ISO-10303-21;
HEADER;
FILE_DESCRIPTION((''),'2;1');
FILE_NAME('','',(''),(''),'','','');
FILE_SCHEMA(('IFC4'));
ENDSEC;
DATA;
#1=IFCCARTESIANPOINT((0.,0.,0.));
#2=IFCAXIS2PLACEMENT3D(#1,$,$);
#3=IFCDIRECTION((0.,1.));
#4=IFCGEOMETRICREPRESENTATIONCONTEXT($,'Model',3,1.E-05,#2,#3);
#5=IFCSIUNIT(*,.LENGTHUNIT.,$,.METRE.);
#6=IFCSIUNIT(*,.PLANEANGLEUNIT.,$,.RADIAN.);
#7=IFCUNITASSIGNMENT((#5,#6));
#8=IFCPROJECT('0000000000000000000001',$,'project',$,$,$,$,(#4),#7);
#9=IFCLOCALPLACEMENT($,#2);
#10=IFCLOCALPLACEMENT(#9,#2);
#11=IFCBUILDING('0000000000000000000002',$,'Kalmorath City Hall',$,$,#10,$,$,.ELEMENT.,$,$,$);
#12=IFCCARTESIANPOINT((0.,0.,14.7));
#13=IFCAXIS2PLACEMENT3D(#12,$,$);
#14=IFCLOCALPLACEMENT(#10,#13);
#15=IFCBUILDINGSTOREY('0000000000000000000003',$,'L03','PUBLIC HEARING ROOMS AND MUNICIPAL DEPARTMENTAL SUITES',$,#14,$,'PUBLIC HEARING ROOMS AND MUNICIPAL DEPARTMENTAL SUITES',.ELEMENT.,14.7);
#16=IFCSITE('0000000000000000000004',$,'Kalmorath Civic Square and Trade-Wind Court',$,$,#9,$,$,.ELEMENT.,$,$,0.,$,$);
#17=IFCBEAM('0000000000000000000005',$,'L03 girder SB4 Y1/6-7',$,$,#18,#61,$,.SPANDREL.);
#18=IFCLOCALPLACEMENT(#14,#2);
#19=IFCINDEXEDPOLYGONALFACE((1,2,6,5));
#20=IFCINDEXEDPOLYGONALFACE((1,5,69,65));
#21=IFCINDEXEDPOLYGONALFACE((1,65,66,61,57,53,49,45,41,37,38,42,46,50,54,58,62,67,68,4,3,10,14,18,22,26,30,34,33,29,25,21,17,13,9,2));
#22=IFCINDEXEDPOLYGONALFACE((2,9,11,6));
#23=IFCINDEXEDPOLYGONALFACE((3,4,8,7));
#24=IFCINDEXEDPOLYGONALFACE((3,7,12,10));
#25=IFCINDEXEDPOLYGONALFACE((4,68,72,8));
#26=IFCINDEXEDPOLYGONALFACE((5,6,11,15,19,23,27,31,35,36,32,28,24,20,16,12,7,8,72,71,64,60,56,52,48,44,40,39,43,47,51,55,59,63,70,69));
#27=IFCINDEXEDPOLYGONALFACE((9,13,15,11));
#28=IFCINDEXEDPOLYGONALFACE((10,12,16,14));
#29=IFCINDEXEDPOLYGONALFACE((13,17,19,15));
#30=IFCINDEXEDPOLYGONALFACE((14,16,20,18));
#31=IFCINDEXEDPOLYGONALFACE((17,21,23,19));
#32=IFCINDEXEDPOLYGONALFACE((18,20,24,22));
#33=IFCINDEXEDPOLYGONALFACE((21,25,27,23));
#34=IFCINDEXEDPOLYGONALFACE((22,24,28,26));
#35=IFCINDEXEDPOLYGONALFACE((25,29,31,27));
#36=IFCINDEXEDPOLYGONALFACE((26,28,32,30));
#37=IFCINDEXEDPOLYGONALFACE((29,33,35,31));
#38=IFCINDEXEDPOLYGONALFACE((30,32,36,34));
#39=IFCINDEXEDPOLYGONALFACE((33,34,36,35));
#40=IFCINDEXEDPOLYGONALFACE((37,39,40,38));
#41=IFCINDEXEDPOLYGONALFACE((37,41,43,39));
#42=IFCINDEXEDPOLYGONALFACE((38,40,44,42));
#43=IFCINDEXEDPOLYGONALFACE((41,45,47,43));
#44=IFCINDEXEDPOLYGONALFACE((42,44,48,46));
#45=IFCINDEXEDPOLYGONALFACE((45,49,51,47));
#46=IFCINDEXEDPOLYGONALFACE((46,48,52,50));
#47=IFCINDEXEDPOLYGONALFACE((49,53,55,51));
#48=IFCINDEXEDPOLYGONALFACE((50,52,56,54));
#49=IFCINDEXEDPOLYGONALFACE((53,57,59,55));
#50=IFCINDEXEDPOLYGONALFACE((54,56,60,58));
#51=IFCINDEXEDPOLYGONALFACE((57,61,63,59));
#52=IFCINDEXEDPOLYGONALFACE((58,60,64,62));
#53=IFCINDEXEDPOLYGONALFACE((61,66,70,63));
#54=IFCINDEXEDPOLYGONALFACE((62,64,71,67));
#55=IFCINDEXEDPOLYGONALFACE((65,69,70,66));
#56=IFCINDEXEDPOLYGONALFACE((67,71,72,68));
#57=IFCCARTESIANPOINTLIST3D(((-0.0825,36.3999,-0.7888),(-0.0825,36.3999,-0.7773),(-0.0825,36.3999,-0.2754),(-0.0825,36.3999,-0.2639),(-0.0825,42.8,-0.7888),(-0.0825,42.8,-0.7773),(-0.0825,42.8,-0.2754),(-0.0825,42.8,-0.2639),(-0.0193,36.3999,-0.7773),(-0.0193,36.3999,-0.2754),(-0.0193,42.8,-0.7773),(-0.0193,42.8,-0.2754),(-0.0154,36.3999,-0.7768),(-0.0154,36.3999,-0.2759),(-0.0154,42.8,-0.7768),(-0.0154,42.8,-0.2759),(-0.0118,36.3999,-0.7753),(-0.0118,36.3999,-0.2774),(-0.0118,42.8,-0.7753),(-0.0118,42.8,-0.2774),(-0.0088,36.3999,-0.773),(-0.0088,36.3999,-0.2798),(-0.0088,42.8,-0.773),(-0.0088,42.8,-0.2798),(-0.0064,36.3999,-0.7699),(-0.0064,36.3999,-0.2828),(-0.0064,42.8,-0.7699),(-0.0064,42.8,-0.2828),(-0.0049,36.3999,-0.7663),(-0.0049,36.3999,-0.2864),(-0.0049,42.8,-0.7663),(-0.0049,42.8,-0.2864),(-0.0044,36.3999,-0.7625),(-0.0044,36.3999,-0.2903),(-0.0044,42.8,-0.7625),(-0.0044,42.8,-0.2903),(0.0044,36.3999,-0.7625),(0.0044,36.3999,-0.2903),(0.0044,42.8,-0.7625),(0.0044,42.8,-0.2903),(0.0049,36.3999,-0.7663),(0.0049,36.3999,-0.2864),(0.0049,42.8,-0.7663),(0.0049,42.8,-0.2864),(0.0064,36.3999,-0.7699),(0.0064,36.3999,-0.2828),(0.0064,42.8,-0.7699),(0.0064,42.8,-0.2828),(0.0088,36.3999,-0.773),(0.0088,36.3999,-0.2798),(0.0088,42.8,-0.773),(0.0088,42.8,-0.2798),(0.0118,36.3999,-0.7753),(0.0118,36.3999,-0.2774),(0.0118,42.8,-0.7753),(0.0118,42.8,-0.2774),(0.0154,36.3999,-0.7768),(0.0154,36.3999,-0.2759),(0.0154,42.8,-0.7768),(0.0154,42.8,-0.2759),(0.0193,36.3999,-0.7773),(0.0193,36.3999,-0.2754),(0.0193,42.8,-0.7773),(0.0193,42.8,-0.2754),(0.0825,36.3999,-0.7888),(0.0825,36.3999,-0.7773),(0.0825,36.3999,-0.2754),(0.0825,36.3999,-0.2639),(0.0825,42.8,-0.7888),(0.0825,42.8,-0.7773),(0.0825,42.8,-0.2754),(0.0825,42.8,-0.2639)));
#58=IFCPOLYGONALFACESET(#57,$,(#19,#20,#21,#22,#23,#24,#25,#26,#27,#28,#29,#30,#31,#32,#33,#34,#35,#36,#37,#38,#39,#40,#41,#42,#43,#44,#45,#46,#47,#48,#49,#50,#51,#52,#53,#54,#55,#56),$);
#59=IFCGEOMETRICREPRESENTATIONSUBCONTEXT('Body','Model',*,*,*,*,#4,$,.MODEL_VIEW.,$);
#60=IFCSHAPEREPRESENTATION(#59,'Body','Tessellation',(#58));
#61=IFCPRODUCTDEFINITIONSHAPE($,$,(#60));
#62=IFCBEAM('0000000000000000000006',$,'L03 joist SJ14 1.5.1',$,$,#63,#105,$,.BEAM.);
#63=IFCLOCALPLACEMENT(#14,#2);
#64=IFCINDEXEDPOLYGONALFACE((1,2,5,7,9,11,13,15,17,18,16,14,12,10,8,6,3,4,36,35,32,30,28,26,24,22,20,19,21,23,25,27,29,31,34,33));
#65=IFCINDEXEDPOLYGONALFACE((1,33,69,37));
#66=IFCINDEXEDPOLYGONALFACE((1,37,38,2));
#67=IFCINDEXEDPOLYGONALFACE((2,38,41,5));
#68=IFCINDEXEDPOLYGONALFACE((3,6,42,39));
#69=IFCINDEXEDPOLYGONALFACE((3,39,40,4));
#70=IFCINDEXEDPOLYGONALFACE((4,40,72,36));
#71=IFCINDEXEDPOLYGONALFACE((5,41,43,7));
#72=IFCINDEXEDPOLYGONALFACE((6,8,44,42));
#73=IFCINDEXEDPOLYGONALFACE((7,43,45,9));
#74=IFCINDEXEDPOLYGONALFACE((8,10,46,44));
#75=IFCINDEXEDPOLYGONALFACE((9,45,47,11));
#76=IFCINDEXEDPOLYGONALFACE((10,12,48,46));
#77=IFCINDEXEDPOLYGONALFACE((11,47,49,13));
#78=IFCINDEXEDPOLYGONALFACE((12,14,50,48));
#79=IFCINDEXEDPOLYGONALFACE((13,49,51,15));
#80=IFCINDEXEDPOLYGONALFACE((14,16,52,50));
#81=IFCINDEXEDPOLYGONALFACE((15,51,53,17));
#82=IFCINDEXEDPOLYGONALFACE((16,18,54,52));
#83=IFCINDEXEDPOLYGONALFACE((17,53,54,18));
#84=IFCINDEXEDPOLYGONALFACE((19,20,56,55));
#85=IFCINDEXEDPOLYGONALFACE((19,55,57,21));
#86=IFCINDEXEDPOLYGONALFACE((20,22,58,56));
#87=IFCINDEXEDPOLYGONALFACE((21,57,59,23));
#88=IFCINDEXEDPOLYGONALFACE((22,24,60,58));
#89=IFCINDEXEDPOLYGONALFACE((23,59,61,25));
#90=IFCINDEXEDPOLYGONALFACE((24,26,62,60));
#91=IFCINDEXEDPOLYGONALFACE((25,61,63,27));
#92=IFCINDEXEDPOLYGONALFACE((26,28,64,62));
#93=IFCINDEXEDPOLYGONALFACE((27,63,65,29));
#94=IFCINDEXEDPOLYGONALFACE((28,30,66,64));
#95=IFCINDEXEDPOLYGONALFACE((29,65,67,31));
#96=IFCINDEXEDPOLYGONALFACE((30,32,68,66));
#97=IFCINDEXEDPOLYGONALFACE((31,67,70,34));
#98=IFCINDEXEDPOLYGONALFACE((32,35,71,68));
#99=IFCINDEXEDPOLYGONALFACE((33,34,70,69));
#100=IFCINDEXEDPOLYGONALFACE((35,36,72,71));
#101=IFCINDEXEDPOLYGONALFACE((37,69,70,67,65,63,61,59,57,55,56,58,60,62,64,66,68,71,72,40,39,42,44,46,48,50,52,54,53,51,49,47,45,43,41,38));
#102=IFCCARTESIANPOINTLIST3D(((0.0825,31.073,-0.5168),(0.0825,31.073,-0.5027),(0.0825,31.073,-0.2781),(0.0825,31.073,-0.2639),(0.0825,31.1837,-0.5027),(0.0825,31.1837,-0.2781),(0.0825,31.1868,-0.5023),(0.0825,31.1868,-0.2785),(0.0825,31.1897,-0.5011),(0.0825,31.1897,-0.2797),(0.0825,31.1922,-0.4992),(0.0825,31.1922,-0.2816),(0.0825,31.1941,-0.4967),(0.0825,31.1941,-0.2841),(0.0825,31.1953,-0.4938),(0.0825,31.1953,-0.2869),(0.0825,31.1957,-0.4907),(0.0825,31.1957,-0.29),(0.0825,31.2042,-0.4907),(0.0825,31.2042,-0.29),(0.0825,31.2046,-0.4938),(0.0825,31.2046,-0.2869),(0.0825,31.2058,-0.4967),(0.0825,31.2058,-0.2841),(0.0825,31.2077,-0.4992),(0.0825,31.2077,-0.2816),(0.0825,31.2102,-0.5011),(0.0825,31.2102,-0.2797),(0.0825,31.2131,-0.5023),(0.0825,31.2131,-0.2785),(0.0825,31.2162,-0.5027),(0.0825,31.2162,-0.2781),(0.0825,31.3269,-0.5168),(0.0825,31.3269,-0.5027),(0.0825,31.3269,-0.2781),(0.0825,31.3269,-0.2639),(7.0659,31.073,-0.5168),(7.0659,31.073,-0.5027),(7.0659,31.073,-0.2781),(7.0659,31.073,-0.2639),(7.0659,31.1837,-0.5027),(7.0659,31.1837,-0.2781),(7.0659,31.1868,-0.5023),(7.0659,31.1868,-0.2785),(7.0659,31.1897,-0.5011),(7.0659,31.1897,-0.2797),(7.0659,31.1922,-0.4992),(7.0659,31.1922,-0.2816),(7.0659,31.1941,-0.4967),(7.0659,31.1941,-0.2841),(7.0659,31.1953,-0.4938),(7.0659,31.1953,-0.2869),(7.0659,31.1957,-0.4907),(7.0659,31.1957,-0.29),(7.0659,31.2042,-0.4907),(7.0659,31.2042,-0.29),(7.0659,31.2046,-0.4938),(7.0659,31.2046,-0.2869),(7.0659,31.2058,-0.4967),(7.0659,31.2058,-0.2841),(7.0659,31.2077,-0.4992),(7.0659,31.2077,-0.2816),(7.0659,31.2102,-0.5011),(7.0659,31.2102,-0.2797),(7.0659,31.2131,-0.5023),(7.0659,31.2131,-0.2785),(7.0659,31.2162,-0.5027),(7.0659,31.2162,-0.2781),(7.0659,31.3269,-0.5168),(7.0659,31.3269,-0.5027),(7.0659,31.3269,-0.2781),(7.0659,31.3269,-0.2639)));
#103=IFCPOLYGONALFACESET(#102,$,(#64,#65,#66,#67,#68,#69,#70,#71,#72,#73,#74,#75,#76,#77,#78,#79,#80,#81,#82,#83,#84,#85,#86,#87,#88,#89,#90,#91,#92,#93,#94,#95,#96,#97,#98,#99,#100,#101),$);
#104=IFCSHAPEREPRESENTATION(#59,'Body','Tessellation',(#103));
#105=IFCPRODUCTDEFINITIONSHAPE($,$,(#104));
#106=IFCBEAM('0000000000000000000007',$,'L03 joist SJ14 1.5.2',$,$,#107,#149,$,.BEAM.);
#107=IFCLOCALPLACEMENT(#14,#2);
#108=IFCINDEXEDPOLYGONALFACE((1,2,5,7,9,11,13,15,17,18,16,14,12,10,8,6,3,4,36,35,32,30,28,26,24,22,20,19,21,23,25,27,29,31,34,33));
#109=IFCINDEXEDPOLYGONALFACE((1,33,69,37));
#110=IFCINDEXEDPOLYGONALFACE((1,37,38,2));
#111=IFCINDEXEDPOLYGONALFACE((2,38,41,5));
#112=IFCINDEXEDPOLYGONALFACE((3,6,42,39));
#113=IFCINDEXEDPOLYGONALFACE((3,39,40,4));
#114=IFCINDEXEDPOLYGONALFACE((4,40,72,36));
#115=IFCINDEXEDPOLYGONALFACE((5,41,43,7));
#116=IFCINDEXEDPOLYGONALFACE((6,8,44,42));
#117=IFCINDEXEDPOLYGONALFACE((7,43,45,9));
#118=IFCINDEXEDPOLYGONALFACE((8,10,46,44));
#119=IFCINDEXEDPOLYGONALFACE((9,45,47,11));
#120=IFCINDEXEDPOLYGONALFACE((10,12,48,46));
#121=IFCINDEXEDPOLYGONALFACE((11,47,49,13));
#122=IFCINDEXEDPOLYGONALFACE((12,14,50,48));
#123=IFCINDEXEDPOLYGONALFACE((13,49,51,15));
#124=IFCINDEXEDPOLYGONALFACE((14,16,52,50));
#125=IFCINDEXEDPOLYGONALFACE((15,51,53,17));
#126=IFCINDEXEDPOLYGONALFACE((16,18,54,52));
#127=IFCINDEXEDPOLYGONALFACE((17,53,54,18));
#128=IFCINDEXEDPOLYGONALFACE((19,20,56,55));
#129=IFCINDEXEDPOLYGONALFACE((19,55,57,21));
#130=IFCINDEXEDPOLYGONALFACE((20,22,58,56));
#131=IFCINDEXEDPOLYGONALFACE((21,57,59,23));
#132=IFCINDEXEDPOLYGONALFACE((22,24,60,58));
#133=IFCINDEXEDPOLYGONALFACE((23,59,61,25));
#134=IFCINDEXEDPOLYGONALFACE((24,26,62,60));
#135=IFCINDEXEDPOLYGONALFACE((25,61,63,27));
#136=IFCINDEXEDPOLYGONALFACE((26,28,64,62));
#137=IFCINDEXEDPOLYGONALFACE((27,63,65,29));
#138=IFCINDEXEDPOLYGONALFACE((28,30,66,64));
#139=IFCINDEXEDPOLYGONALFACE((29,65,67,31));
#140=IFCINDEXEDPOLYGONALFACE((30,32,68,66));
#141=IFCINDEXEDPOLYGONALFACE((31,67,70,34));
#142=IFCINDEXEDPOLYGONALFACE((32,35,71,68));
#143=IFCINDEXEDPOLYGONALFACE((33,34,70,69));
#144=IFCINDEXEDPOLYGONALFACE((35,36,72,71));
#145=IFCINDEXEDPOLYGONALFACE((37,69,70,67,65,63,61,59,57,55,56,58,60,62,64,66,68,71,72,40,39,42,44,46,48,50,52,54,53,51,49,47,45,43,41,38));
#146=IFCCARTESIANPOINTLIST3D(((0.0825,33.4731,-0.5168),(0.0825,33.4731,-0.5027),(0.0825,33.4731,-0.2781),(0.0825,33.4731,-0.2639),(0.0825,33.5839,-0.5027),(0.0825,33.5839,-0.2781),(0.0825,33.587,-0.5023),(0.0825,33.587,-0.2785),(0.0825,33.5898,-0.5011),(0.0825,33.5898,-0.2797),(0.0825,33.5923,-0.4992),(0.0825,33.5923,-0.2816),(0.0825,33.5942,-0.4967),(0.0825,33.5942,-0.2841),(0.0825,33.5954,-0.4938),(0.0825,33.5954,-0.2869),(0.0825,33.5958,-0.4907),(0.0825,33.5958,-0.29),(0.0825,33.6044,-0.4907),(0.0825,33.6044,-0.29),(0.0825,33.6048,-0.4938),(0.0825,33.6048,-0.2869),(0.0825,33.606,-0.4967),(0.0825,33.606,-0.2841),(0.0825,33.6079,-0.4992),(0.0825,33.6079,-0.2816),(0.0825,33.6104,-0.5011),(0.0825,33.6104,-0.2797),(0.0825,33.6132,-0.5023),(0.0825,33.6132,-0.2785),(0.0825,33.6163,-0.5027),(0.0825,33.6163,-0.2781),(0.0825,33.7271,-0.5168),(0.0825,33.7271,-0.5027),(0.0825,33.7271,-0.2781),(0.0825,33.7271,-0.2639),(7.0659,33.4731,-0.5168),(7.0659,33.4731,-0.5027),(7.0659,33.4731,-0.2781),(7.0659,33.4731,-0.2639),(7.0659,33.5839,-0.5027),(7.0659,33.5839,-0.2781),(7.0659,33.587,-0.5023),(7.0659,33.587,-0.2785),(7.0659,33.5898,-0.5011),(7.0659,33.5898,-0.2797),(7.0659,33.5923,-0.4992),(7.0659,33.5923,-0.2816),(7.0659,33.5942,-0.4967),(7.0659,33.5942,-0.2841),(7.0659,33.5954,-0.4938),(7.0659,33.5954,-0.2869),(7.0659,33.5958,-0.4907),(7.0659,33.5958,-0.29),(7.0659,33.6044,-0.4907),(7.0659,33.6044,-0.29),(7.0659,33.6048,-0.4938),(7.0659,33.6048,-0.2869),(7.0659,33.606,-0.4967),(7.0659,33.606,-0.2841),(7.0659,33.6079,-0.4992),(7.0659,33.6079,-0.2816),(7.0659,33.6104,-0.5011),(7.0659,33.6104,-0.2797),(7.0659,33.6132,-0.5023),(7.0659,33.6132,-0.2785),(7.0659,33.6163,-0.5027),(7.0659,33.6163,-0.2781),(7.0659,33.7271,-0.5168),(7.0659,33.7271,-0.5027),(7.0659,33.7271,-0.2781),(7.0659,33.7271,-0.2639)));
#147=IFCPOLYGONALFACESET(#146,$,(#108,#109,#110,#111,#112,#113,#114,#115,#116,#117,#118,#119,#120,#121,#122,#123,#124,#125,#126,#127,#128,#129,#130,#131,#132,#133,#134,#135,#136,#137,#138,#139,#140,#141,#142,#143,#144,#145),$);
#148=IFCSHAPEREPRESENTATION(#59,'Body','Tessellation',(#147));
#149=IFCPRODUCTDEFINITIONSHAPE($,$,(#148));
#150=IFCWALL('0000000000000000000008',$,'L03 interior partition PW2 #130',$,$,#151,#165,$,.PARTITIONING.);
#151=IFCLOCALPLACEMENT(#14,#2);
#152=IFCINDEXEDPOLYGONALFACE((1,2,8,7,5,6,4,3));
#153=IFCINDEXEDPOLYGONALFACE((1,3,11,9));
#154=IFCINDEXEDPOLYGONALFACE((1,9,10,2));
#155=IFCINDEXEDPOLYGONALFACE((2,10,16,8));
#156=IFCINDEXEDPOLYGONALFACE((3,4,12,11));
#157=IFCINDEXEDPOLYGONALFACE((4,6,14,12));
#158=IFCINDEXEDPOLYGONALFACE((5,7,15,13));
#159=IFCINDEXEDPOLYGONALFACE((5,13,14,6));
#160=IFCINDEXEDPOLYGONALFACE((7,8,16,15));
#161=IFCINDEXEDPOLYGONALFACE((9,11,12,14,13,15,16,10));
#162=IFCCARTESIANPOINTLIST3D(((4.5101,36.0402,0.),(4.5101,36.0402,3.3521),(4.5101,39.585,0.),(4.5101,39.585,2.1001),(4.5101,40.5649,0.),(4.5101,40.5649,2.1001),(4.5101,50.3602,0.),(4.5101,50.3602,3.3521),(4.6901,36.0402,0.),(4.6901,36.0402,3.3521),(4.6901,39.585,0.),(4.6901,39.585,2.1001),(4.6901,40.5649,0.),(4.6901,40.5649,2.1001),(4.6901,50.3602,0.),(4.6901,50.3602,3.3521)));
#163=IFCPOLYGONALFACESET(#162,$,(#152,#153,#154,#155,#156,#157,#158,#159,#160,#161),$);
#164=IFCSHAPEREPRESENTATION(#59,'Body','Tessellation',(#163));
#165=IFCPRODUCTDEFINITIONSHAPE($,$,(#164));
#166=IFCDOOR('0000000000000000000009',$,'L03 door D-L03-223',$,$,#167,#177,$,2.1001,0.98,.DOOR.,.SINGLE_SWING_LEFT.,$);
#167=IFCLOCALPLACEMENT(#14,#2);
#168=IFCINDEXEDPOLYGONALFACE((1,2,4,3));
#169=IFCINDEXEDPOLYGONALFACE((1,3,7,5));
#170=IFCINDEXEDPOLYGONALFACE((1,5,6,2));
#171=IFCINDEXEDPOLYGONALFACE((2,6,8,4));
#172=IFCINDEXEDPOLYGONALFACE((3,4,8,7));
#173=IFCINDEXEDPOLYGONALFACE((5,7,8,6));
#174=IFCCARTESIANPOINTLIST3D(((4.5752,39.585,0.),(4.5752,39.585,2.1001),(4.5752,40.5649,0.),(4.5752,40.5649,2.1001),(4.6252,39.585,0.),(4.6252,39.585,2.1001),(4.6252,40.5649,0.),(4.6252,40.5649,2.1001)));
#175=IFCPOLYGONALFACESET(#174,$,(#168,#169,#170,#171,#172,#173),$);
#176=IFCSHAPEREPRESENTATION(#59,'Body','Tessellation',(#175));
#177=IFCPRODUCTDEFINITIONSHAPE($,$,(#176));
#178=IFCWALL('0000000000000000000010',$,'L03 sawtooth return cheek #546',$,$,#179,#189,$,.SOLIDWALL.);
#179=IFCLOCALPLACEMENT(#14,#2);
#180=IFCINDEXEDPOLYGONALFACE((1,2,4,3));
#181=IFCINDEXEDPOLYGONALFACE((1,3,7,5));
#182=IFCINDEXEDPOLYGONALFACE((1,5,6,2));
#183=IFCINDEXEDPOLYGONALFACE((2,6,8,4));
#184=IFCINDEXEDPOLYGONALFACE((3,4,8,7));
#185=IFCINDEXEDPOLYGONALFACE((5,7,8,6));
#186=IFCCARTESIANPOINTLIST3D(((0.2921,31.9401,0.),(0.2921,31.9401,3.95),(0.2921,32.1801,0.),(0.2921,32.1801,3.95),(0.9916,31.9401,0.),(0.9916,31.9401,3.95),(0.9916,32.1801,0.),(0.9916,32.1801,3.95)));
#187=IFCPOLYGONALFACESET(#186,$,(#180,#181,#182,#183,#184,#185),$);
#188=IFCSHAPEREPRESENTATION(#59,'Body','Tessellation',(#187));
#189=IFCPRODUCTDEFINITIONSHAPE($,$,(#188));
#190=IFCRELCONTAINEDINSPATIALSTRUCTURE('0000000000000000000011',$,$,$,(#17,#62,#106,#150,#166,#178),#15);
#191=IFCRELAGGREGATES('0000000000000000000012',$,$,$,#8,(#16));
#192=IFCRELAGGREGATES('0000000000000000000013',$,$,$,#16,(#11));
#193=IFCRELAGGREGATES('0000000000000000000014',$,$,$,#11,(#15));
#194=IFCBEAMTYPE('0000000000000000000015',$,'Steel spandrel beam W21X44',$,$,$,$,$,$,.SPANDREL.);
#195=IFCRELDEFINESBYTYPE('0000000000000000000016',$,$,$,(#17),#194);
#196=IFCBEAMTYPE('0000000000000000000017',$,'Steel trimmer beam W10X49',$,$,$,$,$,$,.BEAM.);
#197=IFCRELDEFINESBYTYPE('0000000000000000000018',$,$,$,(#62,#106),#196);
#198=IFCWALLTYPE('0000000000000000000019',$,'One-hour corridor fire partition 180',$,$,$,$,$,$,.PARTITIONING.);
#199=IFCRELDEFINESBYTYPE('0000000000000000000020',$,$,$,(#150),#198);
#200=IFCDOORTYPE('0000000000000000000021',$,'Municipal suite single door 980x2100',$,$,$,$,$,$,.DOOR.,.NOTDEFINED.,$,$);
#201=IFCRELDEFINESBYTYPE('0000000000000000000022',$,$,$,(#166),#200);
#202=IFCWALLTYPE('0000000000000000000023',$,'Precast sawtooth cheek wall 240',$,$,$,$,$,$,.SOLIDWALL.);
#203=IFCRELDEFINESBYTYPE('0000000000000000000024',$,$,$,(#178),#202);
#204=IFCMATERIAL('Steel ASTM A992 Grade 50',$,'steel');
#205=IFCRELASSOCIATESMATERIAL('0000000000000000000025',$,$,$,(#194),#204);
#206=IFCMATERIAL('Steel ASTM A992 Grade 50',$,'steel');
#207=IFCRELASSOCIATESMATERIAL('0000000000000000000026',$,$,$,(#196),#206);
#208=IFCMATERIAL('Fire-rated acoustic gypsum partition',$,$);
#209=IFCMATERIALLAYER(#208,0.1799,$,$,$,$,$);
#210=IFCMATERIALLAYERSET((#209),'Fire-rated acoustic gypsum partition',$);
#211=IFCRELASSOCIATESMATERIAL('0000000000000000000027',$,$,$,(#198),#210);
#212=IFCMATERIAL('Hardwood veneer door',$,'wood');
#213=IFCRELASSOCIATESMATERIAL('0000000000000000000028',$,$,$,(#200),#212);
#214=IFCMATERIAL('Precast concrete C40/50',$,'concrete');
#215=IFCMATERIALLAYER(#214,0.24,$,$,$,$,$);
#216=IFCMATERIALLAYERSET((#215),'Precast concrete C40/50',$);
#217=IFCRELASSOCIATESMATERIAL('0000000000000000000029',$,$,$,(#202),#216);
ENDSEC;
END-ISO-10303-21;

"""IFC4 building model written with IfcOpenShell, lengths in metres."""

from ifc_helpers import new_model, si_unit, direction, frame, frame_2d, origin, origin_2d, place, context, subcontext, project, spatial, rectangle, i_section, extrude, material, layer, layer_set, material_profile, profile_set, type_object, element, fill, save


model = new_model("IFC4")

# Units and contexts
model_context = context("Model", 3, precision=1e-05, world=origin(), true_north=direction((0.0, 1.0)))
body_context = subcontext(model_context, "Body", "Model", "MODEL_VIEW")
ifc_project = project(units=[si_unit("LENGTHUNIT", "METRE"), si_unit("PLANEANGLEUNIT", "RADIAN")], contexts=[model_context])

# Site, building, storey
site_placement = place(None, origin())
site = spatial("IfcSite", under=ifc_project, at=site_placement, Name="Kalmorath Civic Square and Trade-Wind Court", CompositionType="ELEMENT", RefElevation=0.0)
building_placement = place(site_placement, origin())
building = spatial("IfcBuilding", under=site, at=building_placement, Name="Kalmorath City Hall", CompositionType="ELEMENT")
storey_placement = place(building_placement, frame((0.0, 0.0, 14.7)))
storey = spatial("IfcBuildingStorey", under=building, at=storey_placement, Name="L03", Description="PUBLIC HEARING ROOMS AND MUNICIPAL DEPARTMENTAL SUITES", LongName="PUBLIC HEARING ROOMS AND MUNICIPAL DEPARTMENTAL SUITES", CompositionType="ELEMENT", Elevation=14.7)

# Beams
ifc_material_1 = material(Name="Steel ASTM A992 Grade 50", Category="steel")
ifc_material_profile_1 = material_profile(ifc_material_1, i_section(OverallWidth=0.165, OverallDepth=0.5249, WebThickness=0.0088, FlangeThickness=0.0115, FilletRadius=0.0149, at=origin_2d()), Name="W21X44")
ifc_profile_set_1 = profile_set([ifc_material_profile_1], Name="Steel ASTM A992 Grade 50")
beam_type_1 = type_object("IfcBeamType", Name="Steel spandrel beam W21X44", PredefinedType="SPANDREL", material=ifc_profile_set_1)
for number, where, z_axis, x_axis, name in (
    (1, (0.0, 36.3999, -0.5264), (0.0, 1.0, 0.0), (-1.0, 0.0, 0.0), "L03 girder SB4 Y1/6-7"),
):
    element("IfcBeam", number, at=place(storey_placement, frame(where, z_axis=z_axis, x_axis=x_axis)), inside=storey, type_object=beam_type_1, Name=name, PredefinedType="SPANDREL", context=body_context, shape_type="SweptSolid", body=[
        extrude(i_section(OverallWidth=0.165, OverallDepth=0.5249, WebThickness=0.0088, FlangeThickness=0.0115, FilletRadius=0.0149, at=origin_2d()), origin(), (0.0, 0.0, 1.0), 6.4001),
    ])
ifc_material_2 = material(Name="Steel ASTM A992 Grade 50", Category="steel")
ifc_material_profile_2 = material_profile(ifc_material_2, i_section(OverallWidth=0.2539, OverallDepth=0.2529, WebThickness=0.0085, FlangeThickness=0.0142, FilletRadius=0.012, at=origin_2d()), Name="W10X49")
ifc_profile_set_2 = profile_set([ifc_material_profile_2], Name="Steel ASTM A992 Grade 50")
beam_type_2 = type_object("IfcBeamType", Name="Steel trimmer beam W10X49", PredefinedType="BEAM", material=ifc_profile_set_2)
for number, where, z_axis, x_axis, name in (
    (2, (0.0825, 31.2, -0.3904), (1.0, 0.0, 0.0), (0.0, 1.0, 0.0), "L03 joist SJ14 1.5.1"),
    (3, (0.0825, 33.6001, -0.3904), (1.0, 0.0, 0.0), (0.0, 1.0, 0.0), "L03 joist SJ14 1.5.2"),
):
    element("IfcBeam", number, at=place(storey_placement, frame(where, z_axis=z_axis, x_axis=x_axis)), inside=storey, type_object=beam_type_2, Name=name, PredefinedType="BEAM", context=body_context, shape_type="SweptSolid", body=[
        extrude(i_section(OverallWidth=0.2539, OverallDepth=0.2529, WebThickness=0.0085, FlangeThickness=0.0142, FilletRadius=0.012, at=origin_2d()), origin(), (0.0, 0.0, 1.0), 6.9834),
    ])

# Wall, opening, door
ifc_material_3 = material(Name="Fire-rated acoustic gypsum partition")
ifc_layer_1 = layer(ifc_material_3, 0.1799)
ifc_layer_set_1 = layer_set([ifc_layer_1], Name="Fire-rated acoustic gypsum partition")
wall_type_1 = type_object("IfcWallType", Name="One-hour corridor fire partition 180", PredefinedType="PARTITIONING", material=ifc_layer_set_1)
wall_1_placement = place(storey_placement, frame((4.6001, 36.04, 0.0), z_axis=(0.0, 0.0, 1.0), x_axis=(0.0, 1.0, 0.0)))
wall_1 = element("IfcWall", 4, at=wall_1_placement, inside=storey, type_object=wall_type_1, Name="L03 interior partition PW2 #130", PredefinedType="PARTITIONING", context=body_context, shape_type="SweptSolid", body=[
    extrude(rectangle(XDim=14.3201, YDim=0.1799, at=frame_2d((7.1602, 0.0))), origin(), (0.0, 0.0, 1.0), 3.3521),
])
opening_1_placement = place(wall_1_placement, frame((3.5449, 0.0, 0.0)))
opening_1 = element("IfcOpeningElement", 5, at=opening_1_placement, cuts=wall_1, PredefinedType="OPENING", context=body_context, shape_type="SweptSolid", body=[
    extrude(rectangle(XDim=0.98, YDim=2.1001, at=frame_2d((0.49, 1.05))), frame((0.0, 0.0999, 0.0), z_axis=(0.0, -1.0, 0.0), x_axis=(1.0, 0.0, 0.0)), (0.0, 0.0, 1.0), 0.2),
])
ifc_material_4 = material(Name="Hardwood veneer door", Category="wood")
door_type = type_object("IfcDoorType", Name="Municipal suite single door 980x2100", OperationType="NOTDEFINED", PredefinedType="DOOR", material=ifc_material_4)
door_placement = place(opening_1_placement, origin())
door = element("IfcDoor", 6, at=door_placement, inside=storey, type_object=door_type, Name="L03 door D-L03-223", OperationType="SINGLE_SWING_LEFT", OverallHeight=2.1001, OverallWidth=0.98, PredefinedType="DOOR", context=body_context, shape_type="SweptSolid", body=[
    extrude(rectangle(XDim=0.98, YDim=2.1001, at=frame_2d((0.49, 1.05))), frame((0.0, 0.0249, 0.0), z_axis=(0.0, -1.0, 0.0), x_axis=(1.0, 0.0, 0.0)), (0.0, 0.0, 1.0), 0.05),
])
fill(opening_1, door)

# Wall
ifc_material_5 = material(Name="Precast concrete C40/50", Category="concrete")
ifc_layer_2 = layer(ifc_material_5, 0.24)
ifc_layer_set_2 = layer_set([ifc_layer_2], Name="Precast concrete C40/50")
wall_type_2 = type_object("IfcWallType", Name="Precast sawtooth cheek wall 240", PredefinedType="SOLIDWALL", material=ifc_layer_set_2)
wall_2_placement = place(storey_placement, frame((0.9915, 32.0601, 0.0), z_axis=(0.0, 0.0, 1.0), x_axis=(-1.0, 0.0, 0.0)))
element("IfcWall", 7, at=wall_2_placement, inside=storey, type_object=wall_type_2, Name="L03 sawtooth return cheek #546", PredefinedType="SOLIDWALL", context=body_context, shape_type="SweptSolid", body=[
    extrude(rectangle(XDim=0.6995, YDim=0.24, at=frame_2d((0.3496, 0.0))), origin(), (0.0, 0.0, 1.0), 3.95),
])

save(model, "model.ifc")
